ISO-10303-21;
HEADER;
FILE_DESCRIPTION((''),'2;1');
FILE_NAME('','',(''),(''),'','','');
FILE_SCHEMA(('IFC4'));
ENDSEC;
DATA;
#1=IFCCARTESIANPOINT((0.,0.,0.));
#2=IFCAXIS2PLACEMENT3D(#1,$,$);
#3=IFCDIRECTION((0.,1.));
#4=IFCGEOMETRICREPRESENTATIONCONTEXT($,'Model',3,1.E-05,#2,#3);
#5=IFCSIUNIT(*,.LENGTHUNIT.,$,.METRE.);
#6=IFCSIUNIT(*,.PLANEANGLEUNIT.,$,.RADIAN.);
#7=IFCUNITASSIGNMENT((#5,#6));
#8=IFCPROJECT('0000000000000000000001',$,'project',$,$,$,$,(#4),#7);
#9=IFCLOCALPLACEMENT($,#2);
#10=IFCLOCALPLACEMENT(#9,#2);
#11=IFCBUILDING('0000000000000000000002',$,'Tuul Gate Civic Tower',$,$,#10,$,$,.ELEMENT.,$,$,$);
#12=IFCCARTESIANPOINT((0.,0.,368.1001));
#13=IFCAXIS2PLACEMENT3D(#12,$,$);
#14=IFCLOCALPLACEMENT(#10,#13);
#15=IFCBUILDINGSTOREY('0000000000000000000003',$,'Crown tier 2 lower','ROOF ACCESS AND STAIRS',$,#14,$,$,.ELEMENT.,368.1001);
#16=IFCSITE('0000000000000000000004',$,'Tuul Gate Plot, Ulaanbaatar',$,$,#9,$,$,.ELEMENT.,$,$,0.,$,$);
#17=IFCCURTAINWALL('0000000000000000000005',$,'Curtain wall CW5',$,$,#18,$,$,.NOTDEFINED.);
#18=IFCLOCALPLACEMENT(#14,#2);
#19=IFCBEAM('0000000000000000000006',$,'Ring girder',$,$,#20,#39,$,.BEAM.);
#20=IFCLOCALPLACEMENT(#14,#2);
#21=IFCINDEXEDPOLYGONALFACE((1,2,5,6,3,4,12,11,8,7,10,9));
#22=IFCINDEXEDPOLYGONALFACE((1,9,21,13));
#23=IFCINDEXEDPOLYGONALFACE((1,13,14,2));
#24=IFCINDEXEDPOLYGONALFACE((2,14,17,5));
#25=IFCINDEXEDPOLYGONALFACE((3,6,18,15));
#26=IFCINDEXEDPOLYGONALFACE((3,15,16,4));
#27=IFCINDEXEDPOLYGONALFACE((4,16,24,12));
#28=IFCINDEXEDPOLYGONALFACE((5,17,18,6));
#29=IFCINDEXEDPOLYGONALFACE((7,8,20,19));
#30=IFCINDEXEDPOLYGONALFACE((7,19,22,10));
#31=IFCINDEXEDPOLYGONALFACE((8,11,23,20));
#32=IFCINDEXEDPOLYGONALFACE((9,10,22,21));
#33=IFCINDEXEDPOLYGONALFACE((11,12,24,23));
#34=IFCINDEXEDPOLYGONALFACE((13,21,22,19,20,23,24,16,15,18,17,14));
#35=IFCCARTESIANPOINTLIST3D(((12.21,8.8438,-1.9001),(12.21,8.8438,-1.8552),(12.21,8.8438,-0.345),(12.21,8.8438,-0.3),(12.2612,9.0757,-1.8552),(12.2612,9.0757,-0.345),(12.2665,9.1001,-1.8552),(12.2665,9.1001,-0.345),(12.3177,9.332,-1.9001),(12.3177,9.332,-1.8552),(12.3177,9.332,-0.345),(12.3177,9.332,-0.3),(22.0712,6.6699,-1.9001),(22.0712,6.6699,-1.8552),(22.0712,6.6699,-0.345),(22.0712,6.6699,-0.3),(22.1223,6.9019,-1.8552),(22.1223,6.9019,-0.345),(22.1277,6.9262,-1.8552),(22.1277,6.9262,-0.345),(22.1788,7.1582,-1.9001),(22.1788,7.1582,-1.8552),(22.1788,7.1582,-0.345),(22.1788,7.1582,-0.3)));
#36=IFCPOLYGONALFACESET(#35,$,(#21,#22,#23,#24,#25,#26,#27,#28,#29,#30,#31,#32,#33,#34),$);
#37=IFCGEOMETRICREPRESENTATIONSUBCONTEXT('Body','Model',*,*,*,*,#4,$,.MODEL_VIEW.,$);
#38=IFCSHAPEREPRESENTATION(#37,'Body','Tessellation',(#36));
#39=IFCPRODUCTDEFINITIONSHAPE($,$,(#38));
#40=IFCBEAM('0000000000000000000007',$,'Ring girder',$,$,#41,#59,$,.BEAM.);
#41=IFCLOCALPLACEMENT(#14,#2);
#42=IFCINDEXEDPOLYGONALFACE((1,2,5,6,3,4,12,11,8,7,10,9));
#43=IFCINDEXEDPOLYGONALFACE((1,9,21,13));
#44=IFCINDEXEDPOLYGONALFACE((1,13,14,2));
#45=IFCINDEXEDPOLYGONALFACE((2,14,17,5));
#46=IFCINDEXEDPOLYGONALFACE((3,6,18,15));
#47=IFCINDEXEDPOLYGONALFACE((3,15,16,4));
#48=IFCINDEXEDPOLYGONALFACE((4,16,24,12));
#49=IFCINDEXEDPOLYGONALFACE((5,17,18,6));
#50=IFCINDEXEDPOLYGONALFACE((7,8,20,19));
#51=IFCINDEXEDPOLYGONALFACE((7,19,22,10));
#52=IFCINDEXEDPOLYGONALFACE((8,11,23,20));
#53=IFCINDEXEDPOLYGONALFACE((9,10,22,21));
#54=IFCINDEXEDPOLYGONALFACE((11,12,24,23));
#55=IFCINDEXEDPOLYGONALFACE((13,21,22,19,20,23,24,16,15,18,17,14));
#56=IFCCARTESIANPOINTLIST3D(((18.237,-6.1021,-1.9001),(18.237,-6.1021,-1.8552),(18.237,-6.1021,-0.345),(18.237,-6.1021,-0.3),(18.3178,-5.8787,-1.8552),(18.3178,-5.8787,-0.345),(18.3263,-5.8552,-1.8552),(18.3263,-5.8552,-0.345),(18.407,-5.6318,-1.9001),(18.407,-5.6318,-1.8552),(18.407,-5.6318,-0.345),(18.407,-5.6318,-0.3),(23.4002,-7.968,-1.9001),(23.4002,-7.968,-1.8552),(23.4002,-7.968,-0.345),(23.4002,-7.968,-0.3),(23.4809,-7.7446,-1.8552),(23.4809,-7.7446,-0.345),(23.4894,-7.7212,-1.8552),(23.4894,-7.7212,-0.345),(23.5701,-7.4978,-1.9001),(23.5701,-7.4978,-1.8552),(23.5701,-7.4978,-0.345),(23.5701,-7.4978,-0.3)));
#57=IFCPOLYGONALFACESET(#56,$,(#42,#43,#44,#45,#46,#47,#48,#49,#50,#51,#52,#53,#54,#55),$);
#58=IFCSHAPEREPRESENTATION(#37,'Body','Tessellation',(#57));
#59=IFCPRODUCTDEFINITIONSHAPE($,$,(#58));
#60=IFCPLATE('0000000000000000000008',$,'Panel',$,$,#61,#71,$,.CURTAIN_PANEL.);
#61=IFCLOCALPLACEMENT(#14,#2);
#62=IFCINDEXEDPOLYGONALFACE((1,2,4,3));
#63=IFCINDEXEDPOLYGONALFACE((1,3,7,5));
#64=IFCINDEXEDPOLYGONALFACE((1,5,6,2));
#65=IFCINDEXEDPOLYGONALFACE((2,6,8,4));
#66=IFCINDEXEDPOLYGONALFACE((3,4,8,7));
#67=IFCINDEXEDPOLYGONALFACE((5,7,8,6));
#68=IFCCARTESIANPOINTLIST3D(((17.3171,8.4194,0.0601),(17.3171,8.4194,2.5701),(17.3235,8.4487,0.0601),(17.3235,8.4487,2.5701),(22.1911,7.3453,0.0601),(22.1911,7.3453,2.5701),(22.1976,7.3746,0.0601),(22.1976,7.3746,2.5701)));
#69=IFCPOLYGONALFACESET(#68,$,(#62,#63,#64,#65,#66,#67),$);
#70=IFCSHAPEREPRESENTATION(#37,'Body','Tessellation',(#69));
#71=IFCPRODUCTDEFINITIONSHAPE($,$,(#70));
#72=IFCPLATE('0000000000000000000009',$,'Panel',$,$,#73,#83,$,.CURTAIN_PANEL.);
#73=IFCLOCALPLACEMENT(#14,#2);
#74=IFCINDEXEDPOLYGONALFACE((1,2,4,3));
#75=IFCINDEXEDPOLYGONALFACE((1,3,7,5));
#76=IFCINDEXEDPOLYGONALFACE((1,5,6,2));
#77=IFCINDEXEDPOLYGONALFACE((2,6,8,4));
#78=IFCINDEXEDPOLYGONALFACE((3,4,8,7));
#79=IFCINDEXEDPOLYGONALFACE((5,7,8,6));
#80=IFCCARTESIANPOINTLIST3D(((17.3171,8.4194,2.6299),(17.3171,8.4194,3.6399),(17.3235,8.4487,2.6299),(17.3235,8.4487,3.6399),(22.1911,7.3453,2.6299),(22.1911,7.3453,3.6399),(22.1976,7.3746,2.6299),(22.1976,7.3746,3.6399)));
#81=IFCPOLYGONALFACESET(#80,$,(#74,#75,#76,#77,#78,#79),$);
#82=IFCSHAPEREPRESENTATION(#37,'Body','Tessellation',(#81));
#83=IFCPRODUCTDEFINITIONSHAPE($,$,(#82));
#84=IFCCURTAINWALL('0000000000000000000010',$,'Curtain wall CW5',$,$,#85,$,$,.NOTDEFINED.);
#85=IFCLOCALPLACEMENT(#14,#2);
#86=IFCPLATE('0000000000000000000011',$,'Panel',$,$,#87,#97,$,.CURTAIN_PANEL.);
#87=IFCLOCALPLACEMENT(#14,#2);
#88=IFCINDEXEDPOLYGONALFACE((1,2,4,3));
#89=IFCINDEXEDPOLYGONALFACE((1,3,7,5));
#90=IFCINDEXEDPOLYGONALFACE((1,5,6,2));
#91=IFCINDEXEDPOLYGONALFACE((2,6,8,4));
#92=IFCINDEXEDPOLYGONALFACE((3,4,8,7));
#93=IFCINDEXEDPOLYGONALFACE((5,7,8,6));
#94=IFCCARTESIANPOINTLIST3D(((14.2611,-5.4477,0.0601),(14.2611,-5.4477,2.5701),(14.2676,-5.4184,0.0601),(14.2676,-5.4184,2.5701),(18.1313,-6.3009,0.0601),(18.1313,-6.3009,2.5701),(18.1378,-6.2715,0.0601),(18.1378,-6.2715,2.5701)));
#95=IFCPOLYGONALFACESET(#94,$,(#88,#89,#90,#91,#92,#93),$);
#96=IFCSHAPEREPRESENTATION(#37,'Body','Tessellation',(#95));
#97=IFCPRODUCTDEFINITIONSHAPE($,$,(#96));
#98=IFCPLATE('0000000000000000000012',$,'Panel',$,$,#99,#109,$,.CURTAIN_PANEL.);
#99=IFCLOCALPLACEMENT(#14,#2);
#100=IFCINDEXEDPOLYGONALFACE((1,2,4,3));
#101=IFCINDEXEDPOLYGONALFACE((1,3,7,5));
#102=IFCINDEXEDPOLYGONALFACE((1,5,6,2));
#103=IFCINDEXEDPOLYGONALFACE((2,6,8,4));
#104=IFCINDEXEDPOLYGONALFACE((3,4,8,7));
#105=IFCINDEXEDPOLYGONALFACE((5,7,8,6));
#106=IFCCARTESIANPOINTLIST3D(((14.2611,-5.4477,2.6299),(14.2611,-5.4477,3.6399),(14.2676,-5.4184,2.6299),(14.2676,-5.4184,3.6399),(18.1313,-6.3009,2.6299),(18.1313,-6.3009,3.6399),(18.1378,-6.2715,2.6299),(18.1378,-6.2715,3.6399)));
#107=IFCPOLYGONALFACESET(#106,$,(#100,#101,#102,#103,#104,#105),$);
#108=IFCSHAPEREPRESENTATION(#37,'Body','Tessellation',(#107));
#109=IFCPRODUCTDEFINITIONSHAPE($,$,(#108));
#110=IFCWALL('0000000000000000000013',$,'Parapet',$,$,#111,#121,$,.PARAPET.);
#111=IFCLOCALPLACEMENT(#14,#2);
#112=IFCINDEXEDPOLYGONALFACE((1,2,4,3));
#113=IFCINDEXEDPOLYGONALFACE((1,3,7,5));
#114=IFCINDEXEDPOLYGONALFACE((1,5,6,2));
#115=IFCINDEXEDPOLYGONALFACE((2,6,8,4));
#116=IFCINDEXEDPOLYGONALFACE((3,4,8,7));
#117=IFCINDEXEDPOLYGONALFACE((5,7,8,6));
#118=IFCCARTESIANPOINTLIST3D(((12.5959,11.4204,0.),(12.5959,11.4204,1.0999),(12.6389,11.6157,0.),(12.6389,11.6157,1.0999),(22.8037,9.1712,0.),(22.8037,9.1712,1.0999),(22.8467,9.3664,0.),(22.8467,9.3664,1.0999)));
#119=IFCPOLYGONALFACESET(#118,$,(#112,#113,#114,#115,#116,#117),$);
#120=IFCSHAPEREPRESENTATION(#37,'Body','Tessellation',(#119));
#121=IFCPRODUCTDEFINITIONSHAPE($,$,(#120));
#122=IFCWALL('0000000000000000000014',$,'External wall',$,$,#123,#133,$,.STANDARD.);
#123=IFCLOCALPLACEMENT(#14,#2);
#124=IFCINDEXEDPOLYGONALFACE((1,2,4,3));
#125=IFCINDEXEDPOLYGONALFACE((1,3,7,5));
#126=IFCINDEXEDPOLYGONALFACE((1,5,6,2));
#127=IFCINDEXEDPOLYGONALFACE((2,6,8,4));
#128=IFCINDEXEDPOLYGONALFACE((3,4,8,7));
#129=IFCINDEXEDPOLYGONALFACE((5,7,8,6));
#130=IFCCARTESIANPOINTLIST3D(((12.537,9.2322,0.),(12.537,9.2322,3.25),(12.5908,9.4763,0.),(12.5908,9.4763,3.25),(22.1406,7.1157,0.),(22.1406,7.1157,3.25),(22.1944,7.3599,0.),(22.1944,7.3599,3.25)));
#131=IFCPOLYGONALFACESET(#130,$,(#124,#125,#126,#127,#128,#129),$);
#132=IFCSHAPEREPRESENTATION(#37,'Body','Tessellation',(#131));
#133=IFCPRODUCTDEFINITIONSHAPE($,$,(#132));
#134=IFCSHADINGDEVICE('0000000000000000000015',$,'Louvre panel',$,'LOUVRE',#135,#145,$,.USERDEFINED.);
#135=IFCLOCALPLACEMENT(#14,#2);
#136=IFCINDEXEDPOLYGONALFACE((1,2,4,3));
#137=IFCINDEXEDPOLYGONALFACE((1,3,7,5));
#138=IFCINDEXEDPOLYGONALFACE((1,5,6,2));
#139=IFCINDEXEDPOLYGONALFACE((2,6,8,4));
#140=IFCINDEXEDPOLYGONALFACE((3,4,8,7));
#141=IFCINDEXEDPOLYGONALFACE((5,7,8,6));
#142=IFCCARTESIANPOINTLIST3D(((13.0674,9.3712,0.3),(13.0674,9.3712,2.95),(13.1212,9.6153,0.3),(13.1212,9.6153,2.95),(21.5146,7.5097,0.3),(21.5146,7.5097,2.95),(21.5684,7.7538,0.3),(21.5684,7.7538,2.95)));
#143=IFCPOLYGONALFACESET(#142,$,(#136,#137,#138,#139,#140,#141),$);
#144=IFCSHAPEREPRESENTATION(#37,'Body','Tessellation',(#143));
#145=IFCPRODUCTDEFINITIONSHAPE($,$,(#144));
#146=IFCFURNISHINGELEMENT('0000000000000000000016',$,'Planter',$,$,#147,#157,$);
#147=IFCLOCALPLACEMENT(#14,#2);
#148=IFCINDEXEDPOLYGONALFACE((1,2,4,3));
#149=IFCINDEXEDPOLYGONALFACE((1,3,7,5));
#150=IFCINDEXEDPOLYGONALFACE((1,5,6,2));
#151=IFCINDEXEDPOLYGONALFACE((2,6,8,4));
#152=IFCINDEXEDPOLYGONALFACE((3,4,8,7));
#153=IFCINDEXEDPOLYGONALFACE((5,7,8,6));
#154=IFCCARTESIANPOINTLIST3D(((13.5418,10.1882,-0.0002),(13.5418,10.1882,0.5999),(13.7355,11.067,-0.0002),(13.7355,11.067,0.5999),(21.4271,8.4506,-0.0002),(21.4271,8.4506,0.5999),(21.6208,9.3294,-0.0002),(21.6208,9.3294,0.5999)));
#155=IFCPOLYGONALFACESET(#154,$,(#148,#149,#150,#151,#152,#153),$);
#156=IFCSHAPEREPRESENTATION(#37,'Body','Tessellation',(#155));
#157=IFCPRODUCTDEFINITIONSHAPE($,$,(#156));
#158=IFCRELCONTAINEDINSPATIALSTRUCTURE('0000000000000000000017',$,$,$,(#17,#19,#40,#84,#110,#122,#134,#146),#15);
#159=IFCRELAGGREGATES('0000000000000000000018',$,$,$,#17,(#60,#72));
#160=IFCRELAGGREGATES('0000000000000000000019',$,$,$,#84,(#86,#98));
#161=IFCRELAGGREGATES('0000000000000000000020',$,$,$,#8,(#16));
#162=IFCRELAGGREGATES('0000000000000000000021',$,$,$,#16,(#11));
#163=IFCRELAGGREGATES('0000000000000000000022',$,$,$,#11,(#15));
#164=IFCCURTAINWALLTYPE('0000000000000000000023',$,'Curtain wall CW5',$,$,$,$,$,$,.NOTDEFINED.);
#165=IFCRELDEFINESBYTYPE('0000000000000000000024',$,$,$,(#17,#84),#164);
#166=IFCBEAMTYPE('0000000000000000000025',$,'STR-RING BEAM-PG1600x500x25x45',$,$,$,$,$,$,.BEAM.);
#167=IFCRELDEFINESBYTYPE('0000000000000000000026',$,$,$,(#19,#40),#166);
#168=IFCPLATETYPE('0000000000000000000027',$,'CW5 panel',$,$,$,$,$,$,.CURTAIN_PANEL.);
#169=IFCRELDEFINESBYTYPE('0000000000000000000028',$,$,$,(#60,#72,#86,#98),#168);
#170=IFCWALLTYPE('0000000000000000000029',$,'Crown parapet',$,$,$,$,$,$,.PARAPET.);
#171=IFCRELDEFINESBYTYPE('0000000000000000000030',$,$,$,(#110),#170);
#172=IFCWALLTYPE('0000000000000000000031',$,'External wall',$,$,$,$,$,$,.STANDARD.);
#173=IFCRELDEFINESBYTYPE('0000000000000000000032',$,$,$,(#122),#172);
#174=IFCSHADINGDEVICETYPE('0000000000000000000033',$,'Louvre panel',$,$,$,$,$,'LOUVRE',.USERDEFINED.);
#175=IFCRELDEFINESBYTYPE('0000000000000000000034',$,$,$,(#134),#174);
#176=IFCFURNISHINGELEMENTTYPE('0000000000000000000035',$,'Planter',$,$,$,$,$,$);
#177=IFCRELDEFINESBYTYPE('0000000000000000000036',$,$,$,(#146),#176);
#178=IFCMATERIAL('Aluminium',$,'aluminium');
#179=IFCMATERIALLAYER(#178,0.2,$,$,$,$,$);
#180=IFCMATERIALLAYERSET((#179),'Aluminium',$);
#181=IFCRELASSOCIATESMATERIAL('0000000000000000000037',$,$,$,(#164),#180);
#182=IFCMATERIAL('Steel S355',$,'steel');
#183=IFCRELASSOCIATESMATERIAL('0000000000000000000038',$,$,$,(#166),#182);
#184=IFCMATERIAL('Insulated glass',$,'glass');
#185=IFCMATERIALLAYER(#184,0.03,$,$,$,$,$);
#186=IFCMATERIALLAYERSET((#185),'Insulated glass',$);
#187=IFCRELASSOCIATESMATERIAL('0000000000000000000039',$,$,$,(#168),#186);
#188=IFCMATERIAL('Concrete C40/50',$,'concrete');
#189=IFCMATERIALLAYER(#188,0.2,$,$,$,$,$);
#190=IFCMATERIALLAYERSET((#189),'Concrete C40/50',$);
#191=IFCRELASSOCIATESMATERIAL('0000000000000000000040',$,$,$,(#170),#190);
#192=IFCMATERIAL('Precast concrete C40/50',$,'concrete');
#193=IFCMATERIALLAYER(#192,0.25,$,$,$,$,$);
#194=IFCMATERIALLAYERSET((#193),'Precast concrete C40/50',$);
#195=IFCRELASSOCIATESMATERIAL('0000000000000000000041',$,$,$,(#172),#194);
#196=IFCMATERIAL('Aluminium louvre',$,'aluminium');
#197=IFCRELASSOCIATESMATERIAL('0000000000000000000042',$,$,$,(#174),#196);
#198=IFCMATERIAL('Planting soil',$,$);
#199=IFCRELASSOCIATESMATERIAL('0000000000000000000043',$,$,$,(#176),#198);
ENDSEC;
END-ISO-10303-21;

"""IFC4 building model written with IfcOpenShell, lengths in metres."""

from ifc_helpers import new_model, si_unit, direction, frame, frame_2d, origin, origin_2d, place, context, subcontext, project, spatial, rectangle, i_section, extrude, material, layer, layer_set, material_profile, profile_set, type_object, element, aggregate, save


model = new_model("IFC4")

# Units and contexts
model_context = context("Model", 3, precision=1e-05, world=origin(), true_north=direction((0.0, 1.0)))
body_context = subcontext(model_context, "Body", "Model", "MODEL_VIEW")
ifc_project = project(units=[si_unit("LENGTHUNIT", "METRE"), si_unit("PLANEANGLEUNIT", "RADIAN")], contexts=[model_context])

# Site, building, storey
site_placement = place(None, origin())
site = spatial("IfcSite", under=ifc_project, at=site_placement, Name="Tuul Gate Plot, Ulaanbaatar", CompositionType="ELEMENT", RefElevation=0.0)
building_placement = place(site_placement, origin())
building = spatial("IfcBuilding", under=site, at=building_placement, Name="Tuul Gate Civic Tower", CompositionType="ELEMENT")
storey_placement = place(building_placement, frame((0.0, 0.0, 368.1001)))
storey = spatial("IfcBuildingStorey", under=building, at=storey_placement, Name="Crown tier 2 lower", Description="ROOF ACCESS AND STAIRS", CompositionType="ELEMENT", Elevation=368.1001)

# Shared definitions
ifc_material_1 = material(Name="Aluminium", Category="aluminium")
ifc_layer_1 = layer(ifc_material_1, 0.2)
ifc_layer_set_1 = layer_set([ifc_layer_1], Name="Aluminium")
curtain_wall_type = type_object("IfcCurtainWallType", Name="Curtain wall CW5", PredefinedType="NOTDEFINED", material=ifc_layer_set_1)

# Curtain wall
curtain_wall_1_placement = place(storey_placement, origin())
curtain_wall_1 = element("IfcCurtainWall", 1, at=curtain_wall_1_placement, inside=storey, type_object=curtain_wall_type, Name="Curtain wall CW5", PredefinedType="NOTDEFINED")

# Beams
ifc_material_2 = material(Name="Steel S355", Category="steel")
ifc_material_profile_1 = material_profile(ifc_material_2, i_section(OverallWidth=0.5, OverallDepth=1.6001, WebThickness=0.0249, FlangeThickness=0.0449, at=origin_2d()), Name="PG1600x500x25x45")
ifc_profile_set_1 = profile_set([ifc_material_profile_1], Name="Steel S355")
beam_type_1 = type_object("IfcBeamType", Name="STR-RING BEAM-PG1600x500x25x45", PredefinedType="BEAM", material=ifc_profile_set_1)
beam_1_placement = place(storey_placement, frame((22.125, 6.9141, -1.1001), z_axis=(-0.976553, 0.215276, 0.0), x_axis=(-0.215276, -0.976553, 0.0)))
element("IfcBeam", 2, at=beam_1_placement, inside=storey, type_object=beam_type_1, Name="Ring girder", PredefinedType="BEAM", context=body_context, shape_type="SweptSolid", body=[
    extrude(i_section(OverallWidth=0.5, OverallDepth=1.6001, WebThickness=0.0249, FlangeThickness=0.0449, at=origin_2d()), origin(), (0.0, 0.0, 1.0), 10.0979),
])
beam_2_placement = place(storey_placement, frame((18.322, -5.8669, -1.1001), z_axis=(0.940465, -0.339889, 0.0), x_axis=(0.339889, 0.940465, 0.0)))
element("IfcBeam", 3, at=beam_2_placement, inside=storey, type_object=beam_type_1, Name="Ring girder", PredefinedType="BEAM", context=body_context, shape_type="SweptSolid", body=[
    extrude(i_section(OverallWidth=0.5, OverallDepth=1.6001, WebThickness=0.0249, FlangeThickness=0.0449, at=origin_2d()), origin(), (0.0, 0.0, 1.0), 5.49),
])

# Plates
ifc_material_3 = material(Name="Insulated glass", Category="glass")
ifc_layer_2 = layer(ifc_material_3, 0.03)
ifc_layer_set_2 = layer_set([ifc_layer_2], Name="Insulated glass")
plate_type = type_object("IfcPlateType", Name="CW5 panel", PredefinedType="CURTAIN_PANEL", material=ifc_layer_set_2)
plate_1_placement = place(storey_placement, frame((19.7573, 7.897, 0.0601), z_axis=(0.0, 0.0, 1.0), x_axis=(-0.976568, 0.215211, 0.0)))
plate_1 = element("IfcPlate", 4, at=plate_1_placement, type_object=plate_type, Name="Panel", PredefinedType="CURTAIN_PANEL", context=body_context, shape_type="SweptSolid", body=[
    extrude(rectangle(XDim=4.991, YDim=0.03, at=origin_2d()), origin(), (0.0, 0.0, 1.0), 2.51),
])
plate_2_placement = place(storey_placement, frame((19.7573, 7.897, 2.6299), z_axis=(0.0, 0.0, 1.0), x_axis=(-0.976568, 0.215211, 0.0)))
plate_2 = element("IfcPlate", 5, at=plate_2_placement, type_object=plate_type, Name="Panel", PredefinedType="CURTAIN_PANEL", context=body_context, shape_type="SweptSolid", body=[
    extrude(rectangle(XDim=4.991, YDim=0.03, at=origin_2d()), origin(), (0.0, 0.0, 1.0), 1.01),
])
aggregate(curtain_wall_1, [plate_1, plate_2])

# Curtain wall, plates
curtain_wall_2_placement = place(storey_placement, origin())
curtain_wall_2 = element("IfcCurtainWall", 6, at=curtain_wall_2_placement, inside=storey, type_object=curtain_wall_type, Name="Curtain wall CW5", PredefinedType="NOTDEFINED")
plate_3_placement = place(storey_placement, frame((16.1995, -5.8596, 0.0601), z_axis=(0.0, 0.0, 1.0), x_axis=(0.976554, -0.215271, 0.0)))
plate_3 = element("IfcPlate", 7, at=plate_3_placement, type_object=plate_type, Name="Panel", PredefinedType="CURTAIN_PANEL", context=body_context, shape_type="SweptSolid", body=[
    extrude(rectangle(XDim=3.9631, YDim=0.03, at=origin_2d()), origin(), (0.0, 0.0, 1.0), 2.51),
])
plate_4_placement = place(storey_placement, frame((16.1995, -5.8596, 2.6299), z_axis=(0.0, 0.0, 1.0), x_axis=(0.976554, -0.215271, 0.0)))
plate_4 = element("IfcPlate", 8, at=plate_4_placement, type_object=plate_type, Name="Panel", PredefinedType="CURTAIN_PANEL", context=body_context, shape_type="SweptSolid", body=[
    extrude(rectangle(XDim=3.9631, YDim=0.03, at=origin_2d()), origin(), (0.0, 0.0, 1.0), 1.01),
])
aggregate(curtain_wall_2, [plate_3, plate_4])

# Walls
ifc_material_4 = material(Name="Concrete C40/50", Category="concrete")
ifc_layer_3 = layer(ifc_material_4, 0.2)
ifc_layer_set_3 = layer_set([ifc_layer_3], Name="Concrete C40/50")
wall_type_1 = type_object("IfcWallType", Name="Crown parapet", PredefinedType="PARAPET", material=ifc_layer_set_3)
wall_1_placement = place(storey_placement, frame((22.8252, 9.2688, 0.0), z_axis=(0.0, 0.0, 1.0), x_axis=(-0.976573, 0.215187, 0.0)))
element("IfcWall", 9, at=wall_1_placement, inside=storey, type_object=wall_type_1, Name="Parapet", PredefinedType="PARAPET", context=body_context, shape_type="SweptSolid", body=[
    extrude(rectangle(XDim=10.4526, YDim=0.2, at=frame_2d((5.2263, 0.0))), origin(), (0.0, 0.0, 1.0), 1.0999),
])
ifc_material_5 = material(Name="Precast concrete C40/50", Category="concrete")
ifc_layer_4 = layer(ifc_material_5, 0.25)
ifc_layer_set_4 = layer_set([ifc_layer_4], Name="Precast concrete C40/50")
wall_type_2 = type_object("IfcWallType", Name="External wall", PredefinedType="STANDARD", material=ifc_layer_set_4)
wall_2_placement = place(storey_placement, frame((22.1675, 7.2378, 0.0), z_axis=(0.0, 0.0, 1.0), x_axis=(-0.976566, 0.215219, 0.0)))
element("IfcWall", 10, at=wall_2_placement, inside=storey, type_object=wall_type_2, Name="External wall", PredefinedType="STANDARD", context=body_context, shape_type="SweptSolid", body=[
    extrude(rectangle(XDim=9.834, YDim=0.25, at=frame_2d((4.917, 0.0))), origin(), (0.0, 0.0, 1.0), 3.25),
])

# Shading device
ifc_material_6 = material(Name="Aluminium louvre", Category="aluminium")
shading_device_type = type_object("IfcShadingDeviceType", Name="Louvre panel", ElementType="LOUVRE", PredefinedType="USERDEFINED", material=ifc_material_6)
shading_device_placement = place(storey_placement, frame((17.3179, 8.5625, 0.3), z_axis=(0.0, 0.0, 1.0), x_axis=(0.215211, 0.976568, 0.0)))
element("IfcShadingDevice", 11, at=shading_device_placement, inside=storey, type_object=shading_device_type, Name="Louvre panel", ObjectType="LOUVRE", PredefinedType="USERDEFINED", context=body_context, shape_type="SweptSolid", body=[
    extrude(rectangle(XDim=0.25, YDim=8.6499, at=origin_2d()), origin(), (0.0, 0.0, 1.0), 2.6499),
])

# Furnishing element
ifc_material_7 = material(Name="Planting soil")
furnishing_element_type = type_object("IfcFurnishingElementType", Name="Planter", material=ifc_material_7)
furnishing_placement = place(storey_placement, frame((17.5813, 9.7588, -0.0002), z_axis=(0.0, 0.0, 1.0), x_axis=(-0.976572, 0.215191, 0.0)))
element("IfcFurnishingElement", 12, at=furnishing_placement, inside=storey, type_object=furnishing_element_type, Name="Planter", context=body_context, shape_type="SweptSolid", body=[
    extrude(rectangle(XDim=8.0745, YDim=0.8999, at=origin_2d()), origin(), (0.0, 0.0, 1.0), 0.6001),
])

save(model, "model.ifc")
